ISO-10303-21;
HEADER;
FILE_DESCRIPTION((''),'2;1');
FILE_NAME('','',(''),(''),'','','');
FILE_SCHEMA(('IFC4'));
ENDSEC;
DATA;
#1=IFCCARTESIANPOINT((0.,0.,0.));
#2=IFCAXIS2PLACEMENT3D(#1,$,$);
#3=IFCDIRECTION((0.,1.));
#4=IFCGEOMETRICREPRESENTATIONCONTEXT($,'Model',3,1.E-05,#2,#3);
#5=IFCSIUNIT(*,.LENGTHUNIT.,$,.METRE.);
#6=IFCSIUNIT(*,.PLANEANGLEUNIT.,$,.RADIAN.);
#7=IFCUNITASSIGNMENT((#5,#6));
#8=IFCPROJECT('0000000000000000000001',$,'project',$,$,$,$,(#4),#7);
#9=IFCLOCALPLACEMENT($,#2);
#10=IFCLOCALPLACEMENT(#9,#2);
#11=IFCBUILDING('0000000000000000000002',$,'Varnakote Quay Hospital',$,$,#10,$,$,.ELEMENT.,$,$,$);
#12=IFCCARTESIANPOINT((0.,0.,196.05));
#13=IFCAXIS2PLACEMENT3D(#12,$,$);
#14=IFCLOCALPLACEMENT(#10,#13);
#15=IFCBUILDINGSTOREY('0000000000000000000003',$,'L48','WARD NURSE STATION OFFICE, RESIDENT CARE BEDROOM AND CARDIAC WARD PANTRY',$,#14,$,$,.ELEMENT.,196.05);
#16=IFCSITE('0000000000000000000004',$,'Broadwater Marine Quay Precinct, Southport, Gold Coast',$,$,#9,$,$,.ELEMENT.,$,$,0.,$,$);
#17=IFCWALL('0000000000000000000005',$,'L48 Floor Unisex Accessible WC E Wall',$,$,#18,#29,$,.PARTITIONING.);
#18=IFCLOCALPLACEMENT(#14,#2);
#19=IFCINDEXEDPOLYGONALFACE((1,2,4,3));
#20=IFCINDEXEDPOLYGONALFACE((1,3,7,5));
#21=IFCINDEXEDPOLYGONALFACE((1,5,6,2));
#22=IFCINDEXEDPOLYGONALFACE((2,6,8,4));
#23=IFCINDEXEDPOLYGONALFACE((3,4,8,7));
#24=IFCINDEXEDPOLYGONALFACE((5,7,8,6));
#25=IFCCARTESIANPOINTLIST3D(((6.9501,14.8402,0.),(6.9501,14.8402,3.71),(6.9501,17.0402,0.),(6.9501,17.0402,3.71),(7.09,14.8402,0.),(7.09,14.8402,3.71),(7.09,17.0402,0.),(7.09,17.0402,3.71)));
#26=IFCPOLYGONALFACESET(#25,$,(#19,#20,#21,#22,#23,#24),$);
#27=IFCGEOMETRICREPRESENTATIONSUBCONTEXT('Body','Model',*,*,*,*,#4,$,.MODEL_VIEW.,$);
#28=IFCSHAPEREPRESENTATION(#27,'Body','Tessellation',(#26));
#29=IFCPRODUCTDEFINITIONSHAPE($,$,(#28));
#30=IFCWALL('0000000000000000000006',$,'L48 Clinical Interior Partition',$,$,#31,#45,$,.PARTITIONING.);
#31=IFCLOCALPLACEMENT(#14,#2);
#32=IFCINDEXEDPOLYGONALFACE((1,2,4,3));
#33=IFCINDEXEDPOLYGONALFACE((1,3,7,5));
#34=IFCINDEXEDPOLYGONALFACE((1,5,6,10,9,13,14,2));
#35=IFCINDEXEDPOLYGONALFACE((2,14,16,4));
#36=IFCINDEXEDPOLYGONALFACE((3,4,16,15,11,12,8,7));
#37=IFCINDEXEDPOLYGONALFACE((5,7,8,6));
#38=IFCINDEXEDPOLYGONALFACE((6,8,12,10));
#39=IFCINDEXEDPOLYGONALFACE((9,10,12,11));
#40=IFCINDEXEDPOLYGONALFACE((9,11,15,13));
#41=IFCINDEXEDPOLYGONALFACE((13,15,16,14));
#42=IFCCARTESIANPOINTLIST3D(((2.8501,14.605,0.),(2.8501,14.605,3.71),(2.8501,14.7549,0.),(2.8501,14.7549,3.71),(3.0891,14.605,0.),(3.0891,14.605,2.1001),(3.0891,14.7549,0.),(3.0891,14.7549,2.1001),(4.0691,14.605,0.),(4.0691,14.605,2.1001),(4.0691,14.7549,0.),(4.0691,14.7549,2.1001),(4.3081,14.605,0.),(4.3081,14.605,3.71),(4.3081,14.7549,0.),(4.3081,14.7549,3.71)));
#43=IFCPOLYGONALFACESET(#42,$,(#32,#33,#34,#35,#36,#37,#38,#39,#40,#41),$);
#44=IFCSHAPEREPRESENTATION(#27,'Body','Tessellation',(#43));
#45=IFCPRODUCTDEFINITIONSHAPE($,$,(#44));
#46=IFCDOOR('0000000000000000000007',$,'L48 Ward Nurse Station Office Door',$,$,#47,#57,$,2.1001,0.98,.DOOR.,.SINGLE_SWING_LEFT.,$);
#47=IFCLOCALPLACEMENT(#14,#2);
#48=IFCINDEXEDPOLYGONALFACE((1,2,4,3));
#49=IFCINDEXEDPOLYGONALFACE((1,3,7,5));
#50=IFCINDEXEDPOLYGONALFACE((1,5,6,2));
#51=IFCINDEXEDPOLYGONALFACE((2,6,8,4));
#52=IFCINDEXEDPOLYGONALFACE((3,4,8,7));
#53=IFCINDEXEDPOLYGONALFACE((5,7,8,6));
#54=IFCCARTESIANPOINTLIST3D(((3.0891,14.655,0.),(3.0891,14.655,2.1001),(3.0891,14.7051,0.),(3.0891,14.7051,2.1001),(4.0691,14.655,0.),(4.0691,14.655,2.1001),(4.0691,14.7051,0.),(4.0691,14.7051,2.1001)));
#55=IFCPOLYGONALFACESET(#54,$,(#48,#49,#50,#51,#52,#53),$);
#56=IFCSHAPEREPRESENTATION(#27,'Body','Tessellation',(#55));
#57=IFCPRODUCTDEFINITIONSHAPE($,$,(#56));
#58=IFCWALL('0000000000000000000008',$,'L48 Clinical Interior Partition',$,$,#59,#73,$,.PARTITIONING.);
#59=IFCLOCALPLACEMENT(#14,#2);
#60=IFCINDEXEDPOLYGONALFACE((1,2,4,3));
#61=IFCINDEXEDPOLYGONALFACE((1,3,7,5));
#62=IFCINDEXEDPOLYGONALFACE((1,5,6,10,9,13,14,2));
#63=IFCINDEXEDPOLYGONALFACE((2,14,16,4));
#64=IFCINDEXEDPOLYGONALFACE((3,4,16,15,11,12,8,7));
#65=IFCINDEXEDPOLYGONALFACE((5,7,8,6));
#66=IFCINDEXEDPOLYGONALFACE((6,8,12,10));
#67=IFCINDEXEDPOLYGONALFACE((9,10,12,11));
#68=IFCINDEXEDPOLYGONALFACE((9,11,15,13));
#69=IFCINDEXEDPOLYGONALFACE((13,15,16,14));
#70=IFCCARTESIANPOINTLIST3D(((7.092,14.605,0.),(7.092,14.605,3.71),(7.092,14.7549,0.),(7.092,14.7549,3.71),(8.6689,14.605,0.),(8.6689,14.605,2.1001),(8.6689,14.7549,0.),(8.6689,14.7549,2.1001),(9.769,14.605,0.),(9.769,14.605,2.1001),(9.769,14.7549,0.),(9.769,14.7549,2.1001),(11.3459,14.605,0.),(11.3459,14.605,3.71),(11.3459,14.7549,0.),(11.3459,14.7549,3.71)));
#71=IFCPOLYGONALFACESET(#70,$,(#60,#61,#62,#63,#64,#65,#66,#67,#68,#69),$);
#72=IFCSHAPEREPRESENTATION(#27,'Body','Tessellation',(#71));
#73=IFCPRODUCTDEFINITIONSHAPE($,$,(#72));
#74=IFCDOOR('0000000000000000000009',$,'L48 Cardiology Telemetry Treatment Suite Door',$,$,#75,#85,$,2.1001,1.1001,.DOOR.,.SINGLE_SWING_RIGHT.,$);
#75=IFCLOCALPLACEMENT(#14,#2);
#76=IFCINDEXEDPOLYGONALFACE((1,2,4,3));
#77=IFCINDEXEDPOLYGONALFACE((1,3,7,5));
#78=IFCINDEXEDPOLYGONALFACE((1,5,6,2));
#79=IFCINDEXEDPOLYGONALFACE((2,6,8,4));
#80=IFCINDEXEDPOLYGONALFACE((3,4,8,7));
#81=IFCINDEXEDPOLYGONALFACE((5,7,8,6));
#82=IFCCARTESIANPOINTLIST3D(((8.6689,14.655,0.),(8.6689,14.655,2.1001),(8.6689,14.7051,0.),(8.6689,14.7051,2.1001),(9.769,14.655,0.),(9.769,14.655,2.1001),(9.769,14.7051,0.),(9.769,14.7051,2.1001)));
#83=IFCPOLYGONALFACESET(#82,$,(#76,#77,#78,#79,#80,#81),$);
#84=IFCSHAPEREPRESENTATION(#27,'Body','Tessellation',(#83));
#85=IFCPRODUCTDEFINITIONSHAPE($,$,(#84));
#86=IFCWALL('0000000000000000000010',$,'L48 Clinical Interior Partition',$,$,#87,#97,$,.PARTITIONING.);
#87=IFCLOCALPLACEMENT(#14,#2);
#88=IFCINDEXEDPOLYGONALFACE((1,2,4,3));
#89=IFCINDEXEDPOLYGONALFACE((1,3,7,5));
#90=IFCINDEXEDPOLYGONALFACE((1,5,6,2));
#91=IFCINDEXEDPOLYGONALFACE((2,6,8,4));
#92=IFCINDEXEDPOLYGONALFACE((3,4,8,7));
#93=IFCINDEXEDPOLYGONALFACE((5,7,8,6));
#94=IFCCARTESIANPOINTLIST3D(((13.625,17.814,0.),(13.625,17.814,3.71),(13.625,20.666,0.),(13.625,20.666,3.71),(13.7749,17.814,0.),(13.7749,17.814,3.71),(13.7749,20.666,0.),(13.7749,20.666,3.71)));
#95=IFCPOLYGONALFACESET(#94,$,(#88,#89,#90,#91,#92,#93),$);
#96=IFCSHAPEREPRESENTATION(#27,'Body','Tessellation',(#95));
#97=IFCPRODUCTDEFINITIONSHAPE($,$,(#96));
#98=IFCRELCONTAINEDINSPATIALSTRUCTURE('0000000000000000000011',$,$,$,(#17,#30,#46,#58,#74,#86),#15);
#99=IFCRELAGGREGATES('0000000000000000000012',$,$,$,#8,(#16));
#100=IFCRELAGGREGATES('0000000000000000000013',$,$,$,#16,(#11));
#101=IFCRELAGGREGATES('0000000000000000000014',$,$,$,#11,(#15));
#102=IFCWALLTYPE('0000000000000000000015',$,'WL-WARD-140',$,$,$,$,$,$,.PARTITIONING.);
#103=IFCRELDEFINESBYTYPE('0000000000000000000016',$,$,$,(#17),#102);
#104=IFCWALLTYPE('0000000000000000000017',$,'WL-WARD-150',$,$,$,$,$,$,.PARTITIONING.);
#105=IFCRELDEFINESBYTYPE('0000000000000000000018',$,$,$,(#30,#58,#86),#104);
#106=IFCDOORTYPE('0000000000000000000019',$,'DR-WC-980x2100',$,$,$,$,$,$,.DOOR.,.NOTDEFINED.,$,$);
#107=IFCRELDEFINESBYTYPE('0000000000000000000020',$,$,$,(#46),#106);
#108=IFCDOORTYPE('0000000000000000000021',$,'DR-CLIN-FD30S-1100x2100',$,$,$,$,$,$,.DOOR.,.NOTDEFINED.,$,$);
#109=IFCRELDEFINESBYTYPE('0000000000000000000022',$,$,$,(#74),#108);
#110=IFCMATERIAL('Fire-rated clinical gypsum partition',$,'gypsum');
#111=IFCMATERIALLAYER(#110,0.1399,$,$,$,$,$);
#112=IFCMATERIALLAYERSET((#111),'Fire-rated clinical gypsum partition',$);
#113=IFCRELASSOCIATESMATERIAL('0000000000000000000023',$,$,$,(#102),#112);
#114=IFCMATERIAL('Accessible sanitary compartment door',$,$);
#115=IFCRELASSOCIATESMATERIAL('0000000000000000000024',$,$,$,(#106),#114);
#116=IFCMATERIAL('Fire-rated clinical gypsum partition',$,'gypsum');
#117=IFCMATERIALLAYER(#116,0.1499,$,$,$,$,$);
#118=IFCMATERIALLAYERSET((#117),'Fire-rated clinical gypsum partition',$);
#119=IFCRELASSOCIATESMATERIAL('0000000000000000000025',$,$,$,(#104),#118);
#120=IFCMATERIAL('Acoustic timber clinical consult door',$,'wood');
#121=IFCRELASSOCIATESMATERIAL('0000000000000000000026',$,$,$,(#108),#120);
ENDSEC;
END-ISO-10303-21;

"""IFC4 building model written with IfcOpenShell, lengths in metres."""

from ifc_helpers import new_model, si_unit, direction, frame, frame_2d, origin, place, context, subcontext, project, spatial, rectangle, extrude, material, layer, layer_set, type_object, element, fill, save


model = new_model("IFC4")

# Units and contexts
model_context = context("Model", 3, precision=1e-05, world=origin(), true_north=direction((0.0, 1.0)))
body_context = subcontext(model_context, "Body", "Model", "MODEL_VIEW")
ifc_project = project(units=[si_unit("LENGTHUNIT", "METRE"), si_unit("PLANEANGLEUNIT", "RADIAN")], contexts=[model_context])

# Site, building, storey
site_placement = place(None, origin())
site = spatial("IfcSite", under=ifc_project, at=site_placement, Name="Broadwater Marine Quay Precinct, Southport, Gold Coast", CompositionType="ELEMENT", RefElevation=0.0)
building_placement = place(site_placement, origin())
building = spatial("IfcBuilding", under=site, at=building_placement, Name="Varnakote Quay Hospital", CompositionType="ELEMENT")
storey_placement = place(building_placement, frame((0.0, 0.0, 196.05)))
storey = spatial("IfcBuildingStorey", under=building, at=storey_placement, Name="L48", Description="WARD NURSE STATION OFFICE, RESIDENT CARE BEDROOM AND CARDIAC WARD PANTRY", CompositionType="ELEMENT", Elevation=196.05)

# Shared definitions
ifc_material_1 = material(Name="Fire-rated clinical gypsum partition", Category="gypsum")
ifc_layer_1 = layer(ifc_material_1, 0.1399)
ifc_layer_set_1 = layer_set([ifc_layer_1], Name="Fire-rated clinical gypsum partition")
wall_type_1 = type_object("IfcWallType", Name="WL-WARD-140", PredefinedType="PARTITIONING", material=ifc_layer_set_1)
ifc_material_2 = material(Name="Accessible sanitary compartment door")
door_type_1 = type_object("IfcDoorType", Name="DR-WC-980x2100", OperationType="NOTDEFINED", PredefinedType="DOOR", material=ifc_material_2)

# Wall
for number, where, z_axis, x_axis, name in (
    (1, (7.02, 14.8401, 0.0), (0.0, 0.0, 1.0), (0.0, 1.0, 0.0), "L48 Floor Unisex Accessible WC E Wall"),
):
    element("IfcWall", number, at=place(storey_placement, frame(where, z_axis=z_axis, x_axis=x_axis)), inside=storey, type_object=wall_type_1, Name=name, PredefinedType="PARTITIONING", context=body_context, shape_type="SweptSolid", body=[
        extrude(rectangle(XDim=2.2, YDim=0.1399, at=frame_2d((1.1001, 0.0))), origin(), (0.0, 0.0, 1.0), 3.71),
    ])

# Walls, openings, doors
ifc_material_3 = material(Name="Fire-rated clinical gypsum partition", Category="gypsum")
ifc_layer_2 = layer(ifc_material_3, 0.1499)
ifc_layer_set_2 = layer_set([ifc_layer_2], Name="Fire-rated clinical gypsum partition")
wall_type_2 = type_object("IfcWallType", Name="WL-WARD-150", PredefinedType="PARTITIONING", material=ifc_layer_set_2)
wall_1_placement = place(storey_placement, frame((4.3081, 14.6799, 0.0), z_axis=(0.0, 0.0, 1.0), x_axis=(-1.0, 0.0, 0.0)))
wall_1 = element("IfcWall", 2, at=wall_1_placement, inside=storey, type_object=wall_type_2, Name="L48 Clinical Interior Partition", PredefinedType="PARTITIONING", context=body_context, shape_type="SweptSolid", body=[
    extrude(rectangle(XDim=1.458, YDim=0.1499, at=frame_2d((0.729, 0.0))), origin(), (0.0, 0.0, 1.0), 3.71),
])
opening_1_placement = place(wall_1_placement, frame((0.239, 0.0, 0.0)))
opening_1 = element("IfcOpeningElement", 3, at=opening_1_placement, cuts=wall_1, PredefinedType="OPENING", context=body_context, shape_type="SweptSolid", body=[
    extrude(rectangle(XDim=0.98, YDim=2.1001, at=frame_2d((0.49, 1.05))), frame((0.0, 0.085, 0.0), z_axis=(0.0, -1.0, 0.0), x_axis=(1.0, 0.0, 0.0)), (0.0, 0.0, 1.0), 0.1699),
])
door_1_placement = place(opening_1_placement, origin())
door_1 = element("IfcDoor", 4, at=door_1_placement, inside=storey, type_object=door_type_1, Name="L48 Ward Nurse Station Office Door", OperationType="SINGLE_SWING_LEFT", OverallHeight=2.1001, OverallWidth=0.98, PredefinedType="DOOR", context=body_context, shape_type="SweptSolid", body=[
    extrude(rectangle(XDim=0.98, YDim=2.1001, at=frame_2d((0.49, 1.05))), frame((0.0, 0.0249, 0.0), z_axis=(0.0, -1.0, 0.0), x_axis=(1.0, 0.0, 0.0)), (0.0, 0.0, 1.0), 0.05),
])
fill(opening_1, door_1)
wall_2_placement = place(storey_placement, frame((11.3459, 14.6799, 0.0), z_axis=(0.0, 0.0, 1.0), x_axis=(-1.0, 0.0, 0.0)))
wall_2 = element("IfcWall", 5, at=wall_2_placement, inside=storey, type_object=wall_type_2, Name="L48 Clinical Interior Partition", PredefinedType="PARTITIONING", context=body_context, shape_type="SweptSolid", body=[
    extrude(rectangle(XDim=4.2539, YDim=0.1499, at=frame_2d((2.127, 0.0))), origin(), (0.0, 0.0, 1.0), 3.71),
])
opening_2_placement = place(wall_2_placement, frame((1.5769, 0.0, 0.0)))
opening_2 = element("IfcOpeningElement", 6, at=opening_2_placement, cuts=wall_2, PredefinedType="OPENING", context=body_context, shape_type="SweptSolid", body=[
    extrude(rectangle(XDim=1.1001, YDim=2.1001, at=frame_2d((0.55, 1.05))), frame((0.0, 0.085, 0.0), z_axis=(0.0, -1.0, 0.0), x_axis=(1.0, 0.0, 0.0)), (0.0, 0.0, 1.0), 0.1699),
])
ifc_material_4 = material(Name="Acoustic timber clinical consult door", Category="wood")
door_type_2 = type_object("IfcDoorType", Name="DR-CLIN-FD30S-1100x2100", OperationType="NOTDEFINED", PredefinedType="DOOR", material=ifc_material_4)
door_2_placement = place(opening_2_placement, origin())
door_2 = element("IfcDoor", 7, at=door_2_placement, inside=storey, type_object=door_type_2, Name="L48 Cardiology Telemetry Treatment Suite Door", OperationType="SINGLE_SWING_RIGHT", OverallHeight=2.1001, OverallWidth=1.1001, PredefinedType="DOOR", context=body_context, shape_type="SweptSolid", body=[
    extrude(rectangle(XDim=1.1001, YDim=2.1001, at=frame_2d((0.55, 1.05))), frame((0.0, 0.0249, 0.0), z_axis=(0.0, -1.0, 0.0), x_axis=(1.0, 0.0, 0.0)), (0.0, 0.0, 1.0), 0.05),
])
fill(opening_2, door_2)

# Wall
wall_3_placement = place(storey_placement, frame((13.7, 17.814, 0.0), z_axis=(0.0, 0.0, 1.0), x_axis=(0.0, 1.0, 0.0)))
element("IfcWall", 8, at=wall_3_placement, inside=storey, type_object=wall_type_2, Name="L48 Clinical Interior Partition", PredefinedType="PARTITIONING", context=body_context, shape_type="SweptSolid", body=[
    extrude(rectangle(XDim=2.8521, YDim=0.1499, at=frame_2d((1.426, 0.0))), origin(), (0.0, 0.0, 1.0), 3.71),
])

save(model, "model.ifc")
